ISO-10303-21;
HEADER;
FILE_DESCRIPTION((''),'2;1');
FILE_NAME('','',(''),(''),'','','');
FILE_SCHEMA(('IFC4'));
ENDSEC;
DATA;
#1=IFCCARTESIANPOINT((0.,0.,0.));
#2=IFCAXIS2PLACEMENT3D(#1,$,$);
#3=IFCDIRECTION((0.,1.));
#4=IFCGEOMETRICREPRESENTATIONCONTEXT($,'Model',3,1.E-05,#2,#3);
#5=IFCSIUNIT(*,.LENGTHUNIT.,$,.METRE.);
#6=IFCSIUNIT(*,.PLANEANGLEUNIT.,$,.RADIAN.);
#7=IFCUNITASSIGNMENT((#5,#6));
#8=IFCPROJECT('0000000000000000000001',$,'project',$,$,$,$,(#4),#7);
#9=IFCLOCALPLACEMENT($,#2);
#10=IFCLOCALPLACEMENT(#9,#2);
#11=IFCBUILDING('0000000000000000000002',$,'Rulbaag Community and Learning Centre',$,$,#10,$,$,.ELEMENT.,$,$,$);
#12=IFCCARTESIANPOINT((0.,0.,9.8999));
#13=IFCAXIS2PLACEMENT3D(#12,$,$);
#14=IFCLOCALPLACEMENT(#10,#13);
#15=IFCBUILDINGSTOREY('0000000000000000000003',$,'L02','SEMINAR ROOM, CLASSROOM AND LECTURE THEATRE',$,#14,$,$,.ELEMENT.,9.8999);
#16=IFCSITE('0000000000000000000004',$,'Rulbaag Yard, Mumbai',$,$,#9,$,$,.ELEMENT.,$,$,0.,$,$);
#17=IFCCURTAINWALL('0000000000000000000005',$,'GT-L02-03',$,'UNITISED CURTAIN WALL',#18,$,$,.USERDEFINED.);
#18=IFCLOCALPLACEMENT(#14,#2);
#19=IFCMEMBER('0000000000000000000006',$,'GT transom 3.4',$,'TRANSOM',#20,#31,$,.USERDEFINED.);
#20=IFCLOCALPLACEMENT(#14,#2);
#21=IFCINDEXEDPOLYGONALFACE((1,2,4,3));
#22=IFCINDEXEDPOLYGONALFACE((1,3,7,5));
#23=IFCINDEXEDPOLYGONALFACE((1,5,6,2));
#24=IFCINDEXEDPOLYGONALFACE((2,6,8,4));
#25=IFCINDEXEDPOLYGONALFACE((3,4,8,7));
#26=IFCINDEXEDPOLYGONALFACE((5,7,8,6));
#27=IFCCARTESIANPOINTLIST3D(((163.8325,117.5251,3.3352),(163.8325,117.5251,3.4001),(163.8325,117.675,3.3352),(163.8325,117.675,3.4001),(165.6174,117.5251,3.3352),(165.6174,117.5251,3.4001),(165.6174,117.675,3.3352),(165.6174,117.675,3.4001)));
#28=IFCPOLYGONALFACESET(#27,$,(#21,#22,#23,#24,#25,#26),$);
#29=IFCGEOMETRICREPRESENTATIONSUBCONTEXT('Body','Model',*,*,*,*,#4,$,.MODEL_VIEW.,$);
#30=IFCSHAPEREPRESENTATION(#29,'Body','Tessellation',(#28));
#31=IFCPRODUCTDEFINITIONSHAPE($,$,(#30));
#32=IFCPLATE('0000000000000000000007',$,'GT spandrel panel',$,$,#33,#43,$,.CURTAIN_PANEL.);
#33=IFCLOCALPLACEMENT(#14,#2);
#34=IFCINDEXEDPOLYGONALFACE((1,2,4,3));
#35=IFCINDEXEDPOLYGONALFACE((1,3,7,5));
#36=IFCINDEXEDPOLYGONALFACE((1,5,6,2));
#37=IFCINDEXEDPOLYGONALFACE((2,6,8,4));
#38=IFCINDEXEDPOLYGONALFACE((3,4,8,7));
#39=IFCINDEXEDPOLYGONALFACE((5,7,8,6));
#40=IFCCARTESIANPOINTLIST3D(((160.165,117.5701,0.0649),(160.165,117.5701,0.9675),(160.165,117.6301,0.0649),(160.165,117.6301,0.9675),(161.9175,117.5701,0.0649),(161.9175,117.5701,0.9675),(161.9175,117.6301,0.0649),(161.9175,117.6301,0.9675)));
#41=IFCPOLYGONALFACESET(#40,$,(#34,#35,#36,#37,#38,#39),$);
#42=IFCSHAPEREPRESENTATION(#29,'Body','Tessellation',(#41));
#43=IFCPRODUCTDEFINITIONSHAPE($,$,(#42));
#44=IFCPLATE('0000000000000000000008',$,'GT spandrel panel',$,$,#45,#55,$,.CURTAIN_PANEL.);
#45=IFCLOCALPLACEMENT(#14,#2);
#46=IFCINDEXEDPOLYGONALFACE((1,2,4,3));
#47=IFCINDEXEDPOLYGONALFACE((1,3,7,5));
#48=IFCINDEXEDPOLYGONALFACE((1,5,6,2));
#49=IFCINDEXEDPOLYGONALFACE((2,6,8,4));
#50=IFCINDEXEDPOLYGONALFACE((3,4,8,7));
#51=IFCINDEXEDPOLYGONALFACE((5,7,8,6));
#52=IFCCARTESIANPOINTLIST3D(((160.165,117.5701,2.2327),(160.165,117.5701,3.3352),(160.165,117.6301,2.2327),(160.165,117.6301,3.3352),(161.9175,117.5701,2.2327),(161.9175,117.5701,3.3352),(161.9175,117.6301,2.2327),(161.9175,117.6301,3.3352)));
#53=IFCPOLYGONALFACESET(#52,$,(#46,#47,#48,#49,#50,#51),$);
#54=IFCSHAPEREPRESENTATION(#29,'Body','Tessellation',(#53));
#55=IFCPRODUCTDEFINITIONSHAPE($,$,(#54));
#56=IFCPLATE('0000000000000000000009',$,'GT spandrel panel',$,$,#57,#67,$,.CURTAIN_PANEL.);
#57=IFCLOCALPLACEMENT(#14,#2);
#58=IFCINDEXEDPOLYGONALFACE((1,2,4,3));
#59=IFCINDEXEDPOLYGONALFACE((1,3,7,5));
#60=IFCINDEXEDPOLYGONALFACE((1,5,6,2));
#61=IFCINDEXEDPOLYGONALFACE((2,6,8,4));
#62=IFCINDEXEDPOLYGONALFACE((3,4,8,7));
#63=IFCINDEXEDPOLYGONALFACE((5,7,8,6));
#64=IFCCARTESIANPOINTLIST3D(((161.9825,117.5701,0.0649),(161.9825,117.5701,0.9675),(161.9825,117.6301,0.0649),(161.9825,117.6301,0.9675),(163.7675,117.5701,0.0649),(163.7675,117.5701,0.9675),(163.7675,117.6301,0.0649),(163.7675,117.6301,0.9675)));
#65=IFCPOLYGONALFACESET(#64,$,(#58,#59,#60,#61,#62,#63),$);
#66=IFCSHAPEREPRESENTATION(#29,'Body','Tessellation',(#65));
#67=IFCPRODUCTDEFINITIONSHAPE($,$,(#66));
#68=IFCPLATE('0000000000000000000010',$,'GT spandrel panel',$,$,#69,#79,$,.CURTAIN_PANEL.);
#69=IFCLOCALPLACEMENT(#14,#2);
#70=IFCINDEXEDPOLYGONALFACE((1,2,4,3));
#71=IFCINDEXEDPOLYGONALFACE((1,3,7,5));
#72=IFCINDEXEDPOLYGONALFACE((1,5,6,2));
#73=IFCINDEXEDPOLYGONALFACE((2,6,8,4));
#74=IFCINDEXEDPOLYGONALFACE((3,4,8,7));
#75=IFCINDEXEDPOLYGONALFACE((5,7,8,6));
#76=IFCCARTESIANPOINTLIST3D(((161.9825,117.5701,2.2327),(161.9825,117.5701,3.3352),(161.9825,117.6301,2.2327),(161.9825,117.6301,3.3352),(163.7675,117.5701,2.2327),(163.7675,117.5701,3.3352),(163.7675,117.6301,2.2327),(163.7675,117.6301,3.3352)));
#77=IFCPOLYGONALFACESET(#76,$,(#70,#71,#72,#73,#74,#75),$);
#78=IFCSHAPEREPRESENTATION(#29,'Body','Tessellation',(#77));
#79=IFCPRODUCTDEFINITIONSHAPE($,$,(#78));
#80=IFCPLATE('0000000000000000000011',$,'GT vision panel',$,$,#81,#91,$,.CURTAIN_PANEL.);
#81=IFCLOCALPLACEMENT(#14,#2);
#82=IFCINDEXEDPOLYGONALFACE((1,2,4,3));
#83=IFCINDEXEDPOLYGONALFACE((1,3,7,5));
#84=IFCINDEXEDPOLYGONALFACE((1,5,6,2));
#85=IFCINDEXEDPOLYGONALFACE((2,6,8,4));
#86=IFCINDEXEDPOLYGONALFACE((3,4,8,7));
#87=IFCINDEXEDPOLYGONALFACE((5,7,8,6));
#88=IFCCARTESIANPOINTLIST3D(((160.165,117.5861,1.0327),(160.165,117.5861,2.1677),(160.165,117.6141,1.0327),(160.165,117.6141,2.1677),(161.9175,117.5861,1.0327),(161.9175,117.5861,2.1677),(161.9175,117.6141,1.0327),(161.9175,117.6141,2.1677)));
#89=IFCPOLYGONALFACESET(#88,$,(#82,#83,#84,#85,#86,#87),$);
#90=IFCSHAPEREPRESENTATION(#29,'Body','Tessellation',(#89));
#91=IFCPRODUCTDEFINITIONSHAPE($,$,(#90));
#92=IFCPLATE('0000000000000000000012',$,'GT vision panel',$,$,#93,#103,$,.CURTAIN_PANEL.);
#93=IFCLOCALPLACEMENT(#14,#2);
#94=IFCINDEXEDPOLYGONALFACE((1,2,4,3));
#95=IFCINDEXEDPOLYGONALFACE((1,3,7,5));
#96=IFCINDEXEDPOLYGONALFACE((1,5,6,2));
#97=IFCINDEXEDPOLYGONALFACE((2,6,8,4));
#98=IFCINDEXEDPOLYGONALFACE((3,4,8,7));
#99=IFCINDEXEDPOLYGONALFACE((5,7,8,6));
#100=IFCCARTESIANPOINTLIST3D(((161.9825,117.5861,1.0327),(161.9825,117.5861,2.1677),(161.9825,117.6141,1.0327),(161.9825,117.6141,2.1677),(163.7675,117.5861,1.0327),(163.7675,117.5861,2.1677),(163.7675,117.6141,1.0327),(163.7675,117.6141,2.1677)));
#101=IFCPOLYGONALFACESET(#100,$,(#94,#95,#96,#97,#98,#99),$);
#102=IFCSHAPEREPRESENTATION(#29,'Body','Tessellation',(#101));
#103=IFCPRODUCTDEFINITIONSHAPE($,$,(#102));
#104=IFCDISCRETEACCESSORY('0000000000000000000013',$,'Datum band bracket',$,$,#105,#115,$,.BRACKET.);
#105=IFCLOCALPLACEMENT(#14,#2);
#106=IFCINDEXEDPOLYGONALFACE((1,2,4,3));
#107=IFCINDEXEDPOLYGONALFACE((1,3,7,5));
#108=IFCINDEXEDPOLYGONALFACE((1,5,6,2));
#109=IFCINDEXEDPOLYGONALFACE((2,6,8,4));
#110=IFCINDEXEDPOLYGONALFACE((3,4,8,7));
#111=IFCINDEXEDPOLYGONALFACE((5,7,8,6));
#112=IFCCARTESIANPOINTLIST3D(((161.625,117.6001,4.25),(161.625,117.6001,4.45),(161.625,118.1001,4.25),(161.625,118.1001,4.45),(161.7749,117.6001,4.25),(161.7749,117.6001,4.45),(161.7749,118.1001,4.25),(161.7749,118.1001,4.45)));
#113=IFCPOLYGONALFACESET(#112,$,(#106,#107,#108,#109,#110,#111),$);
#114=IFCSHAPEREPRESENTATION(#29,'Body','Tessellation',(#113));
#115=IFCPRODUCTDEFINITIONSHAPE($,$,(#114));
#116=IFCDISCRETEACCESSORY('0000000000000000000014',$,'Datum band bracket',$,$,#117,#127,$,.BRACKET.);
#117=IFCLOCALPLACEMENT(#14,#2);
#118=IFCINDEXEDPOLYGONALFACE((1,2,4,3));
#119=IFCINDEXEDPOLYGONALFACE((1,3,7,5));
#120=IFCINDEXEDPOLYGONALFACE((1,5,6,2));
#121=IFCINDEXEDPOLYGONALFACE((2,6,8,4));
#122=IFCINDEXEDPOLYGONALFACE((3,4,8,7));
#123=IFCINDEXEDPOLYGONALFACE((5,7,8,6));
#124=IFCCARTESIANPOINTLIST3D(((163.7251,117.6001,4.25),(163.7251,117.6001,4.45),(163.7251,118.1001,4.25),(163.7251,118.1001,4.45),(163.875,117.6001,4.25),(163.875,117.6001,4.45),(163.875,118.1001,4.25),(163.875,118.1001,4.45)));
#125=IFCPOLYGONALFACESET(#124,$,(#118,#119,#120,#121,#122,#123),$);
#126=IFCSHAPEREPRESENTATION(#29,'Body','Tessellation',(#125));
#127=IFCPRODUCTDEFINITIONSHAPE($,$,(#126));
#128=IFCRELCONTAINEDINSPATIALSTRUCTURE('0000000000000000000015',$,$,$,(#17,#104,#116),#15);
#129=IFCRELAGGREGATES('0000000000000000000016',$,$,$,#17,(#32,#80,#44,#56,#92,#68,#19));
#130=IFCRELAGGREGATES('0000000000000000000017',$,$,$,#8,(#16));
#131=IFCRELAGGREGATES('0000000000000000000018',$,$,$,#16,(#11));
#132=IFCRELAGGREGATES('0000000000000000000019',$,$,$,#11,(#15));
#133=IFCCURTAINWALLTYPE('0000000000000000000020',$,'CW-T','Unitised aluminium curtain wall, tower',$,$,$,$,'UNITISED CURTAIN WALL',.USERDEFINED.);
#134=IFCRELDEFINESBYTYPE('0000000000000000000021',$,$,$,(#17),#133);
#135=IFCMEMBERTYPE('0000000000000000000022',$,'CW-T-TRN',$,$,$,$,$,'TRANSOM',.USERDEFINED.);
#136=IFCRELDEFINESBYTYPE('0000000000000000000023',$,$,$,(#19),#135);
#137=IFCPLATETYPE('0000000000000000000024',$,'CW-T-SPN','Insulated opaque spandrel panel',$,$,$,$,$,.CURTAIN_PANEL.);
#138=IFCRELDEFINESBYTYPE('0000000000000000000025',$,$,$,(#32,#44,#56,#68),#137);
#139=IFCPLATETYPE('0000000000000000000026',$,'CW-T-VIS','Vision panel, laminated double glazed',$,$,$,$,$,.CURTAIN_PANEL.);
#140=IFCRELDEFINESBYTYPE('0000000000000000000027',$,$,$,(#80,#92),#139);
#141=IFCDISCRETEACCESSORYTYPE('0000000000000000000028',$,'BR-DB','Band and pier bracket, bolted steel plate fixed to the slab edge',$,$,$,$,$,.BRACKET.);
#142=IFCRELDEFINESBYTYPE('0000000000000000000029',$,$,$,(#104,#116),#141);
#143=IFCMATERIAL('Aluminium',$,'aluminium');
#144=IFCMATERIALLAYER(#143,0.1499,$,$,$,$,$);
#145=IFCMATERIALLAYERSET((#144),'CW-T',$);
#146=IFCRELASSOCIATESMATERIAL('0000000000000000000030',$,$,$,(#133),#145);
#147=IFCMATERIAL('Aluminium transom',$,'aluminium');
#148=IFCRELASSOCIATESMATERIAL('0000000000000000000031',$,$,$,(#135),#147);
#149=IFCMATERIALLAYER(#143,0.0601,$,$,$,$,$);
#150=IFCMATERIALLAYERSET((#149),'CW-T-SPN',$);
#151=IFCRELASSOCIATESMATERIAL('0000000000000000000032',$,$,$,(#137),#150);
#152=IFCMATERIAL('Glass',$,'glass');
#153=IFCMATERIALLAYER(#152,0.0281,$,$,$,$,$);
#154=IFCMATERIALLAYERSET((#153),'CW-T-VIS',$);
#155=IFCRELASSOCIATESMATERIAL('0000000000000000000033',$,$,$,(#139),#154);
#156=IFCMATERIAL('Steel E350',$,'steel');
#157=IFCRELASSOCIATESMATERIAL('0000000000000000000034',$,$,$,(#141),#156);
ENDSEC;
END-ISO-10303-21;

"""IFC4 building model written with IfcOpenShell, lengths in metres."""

from ifc_helpers import new_model, si_unit, direction, frame, origin, origin_2d, place, context, subcontext, project, spatial, rectangle, extrude, material, layer, layer_set, material_profile, profile_set, type_object, element, aggregate, save


model = new_model("IFC4")

# Units and contexts
model_context = context("Model", 3, precision=1e-05, world=origin(), true_north=direction((0.0, 1.0)))
body_context = subcontext(model_context, "Body", "Model", "MODEL_VIEW")
ifc_project = project(units=[si_unit("LENGTHUNIT", "METRE"), si_unit("PLANEANGLEUNIT", "RADIAN")], contexts=[model_context])

# Site, building, storey
site_placement = place(None, origin())
site = spatial("IfcSite", under=ifc_project, at=site_placement, Name="Rulbaag Yard, Mumbai", CompositionType="ELEMENT", RefElevation=0.0)
building_placement = place(site_placement, origin())
building = spatial("IfcBuilding", under=site, at=building_placement, Name="Rulbaag Community and Learning Centre", CompositionType="ELEMENT")
storey_placement = place(building_placement, frame((0.0, 0.0, 9.8999)))
storey = spatial("IfcBuildingStorey", under=building, at=storey_placement, Name="L02", Description="SEMINAR ROOM, CLASSROOM AND LECTURE THEATRE", CompositionType="ELEMENT", Elevation=9.8999)

# Curtain wall, member, plates
ifc_material_1 = material(Name="Aluminium", Category="aluminium")
ifc_layer_1 = layer(ifc_material_1, 0.1499)
ifc_layer_set_1 = layer_set([ifc_layer_1], Name="CW-T")
curtain_wall_type = type_object("IfcCurtainWallType", Name="CW-T", Description="Unitised aluminium curtain wall, tower", ElementType="UNITISED CURTAIN WALL", PredefinedType="USERDEFINED", material=ifc_layer_set_1)
curtain_wall_placement = place(storey_placement, origin())
curtain_wall = element("IfcCurtainWall", 1, at=curtain_wall_placement, inside=storey, type_object=curtain_wall_type, Name="GT-L02-03", ObjectType="UNITISED CURTAIN WALL", PredefinedType="USERDEFINED")
ifc_material_2 = material(Name="Aluminium transom", Category="aluminium")
ifc_material_profile_1 = material_profile(ifc_material_2, rectangle(XDim=0.1499, YDim=0.0649, at=origin_2d()), Name="AL 65x150 T")
ifc_profile_set_1 = profile_set([ifc_material_profile_1], Name="Aluminium transom")
member_type_1 = type_object("IfcMemberType", Name="CW-T-TRN", ElementType="TRANSOM", PredefinedType="USERDEFINED", material=ifc_profile_set_1)
member_1_placement = place(storey_placement, frame((163.8325, 117.6001, 3.3677), z_axis=(1.0, 0.0, 0.0), x_axis=(0.0, 1.0, 0.0)))
member_1 = element("IfcMember", 2, at=member_1_placement, type_object=member_type_1, Name="GT transom 3.4", ObjectType="TRANSOM", PredefinedType="USERDEFINED", context=body_context, shape_type="SweptSolid", body=[
    extrude(rectangle(XDim=0.1499, YDim=0.0649, at=origin_2d()), origin(), (0.0, 0.0, 1.0), 1.7849),
])
ifc_layer_2 = layer(ifc_material_1, 0.0601)
ifc_layer_set_2 = layer_set([ifc_layer_2], Name="CW-T-SPN")
plate_type_1 = type_object("IfcPlateType", Name="CW-T-SPN", Description="Insulated opaque spandrel panel", PredefinedType="CURTAIN_PANEL", material=ifc_layer_set_2)
plate_1_placement = place(storey_placement, frame((161.0413, 117.6001, 0.0649), z_axis=(0.0, 0.0, 1.0), x_axis=(1.0, 0.0, 0.0)))
plate_1 = element("IfcPlate", 3, at=plate_1_placement, type_object=plate_type_1, Name="GT spandrel panel", PredefinedType="CURTAIN_PANEL", context=body_context, shape_type="SweptSolid", body=[
    extrude(rectangle(XDim=1.7524, YDim=0.0601, at=origin_2d()), origin(), (0.0, 0.0, 1.0), 0.9026),
])
plate_2_placement = place(storey_placement, frame((161.0413, 117.6001, 2.2327), z_axis=(0.0, 0.0, 1.0), x_axis=(1.0, 0.0, 0.0)))
plate_2 = element("IfcPlate", 4, at=plate_2_placement, type_object=plate_type_1, Name="GT spandrel panel", PredefinedType="CURTAIN_PANEL", context=body_context, shape_type="SweptSolid", body=[
    extrude(rectangle(XDim=1.7524, YDim=0.0601, at=origin_2d()), origin(), (0.0, 0.0, 1.0), 1.1025),
])
plate_3_placement = place(storey_placement, frame((162.875, 117.6001, 0.0649), z_axis=(0.0, 0.0, 1.0), x_axis=(1.0, 0.0, 0.0)))
plate_3 = element("IfcPlate", 5, at=plate_3_placement, type_object=plate_type_1, Name="GT spandrel panel", PredefinedType="CURTAIN_PANEL", context=body_context, shape_type="SweptSolid", body=[
    extrude(rectangle(XDim=1.7849, YDim=0.0601, at=origin_2d()), origin(), (0.0, 0.0, 1.0), 0.9026),
])
plate_4_placement = place(storey_placement, frame((162.875, 117.6001, 2.2327), z_axis=(0.0, 0.0, 1.0), x_axis=(1.0, 0.0, 0.0)))
plate_4 = element("IfcPlate", 6, at=plate_4_placement, type_object=plate_type_1, Name="GT spandrel panel", PredefinedType="CURTAIN_PANEL", context=body_context, shape_type="SweptSolid", body=[
    extrude(rectangle(XDim=1.7849, YDim=0.0601, at=origin_2d()), origin(), (0.0, 0.0, 1.0), 1.1025),
])
ifc_material_3 = material(Name="Glass", Category="glass")
ifc_layer_3 = layer(ifc_material_3, 0.0281)
ifc_layer_set_3 = layer_set([ifc_layer_3], Name="CW-T-VIS")
plate_type_2 = type_object("IfcPlateType", Name="CW-T-VIS", Description="Vision panel, laminated double glazed", PredefinedType="CURTAIN_PANEL", material=ifc_layer_set_3)
plate_5_placement = place(storey_placement, frame((161.0413, 117.6001, 1.0327), z_axis=(0.0, 0.0, 1.0), x_axis=(1.0, 0.0, 0.0)))
plate_5 = element("IfcPlate", 7, at=plate_5_placement, type_object=plate_type_2, Name="GT vision panel", PredefinedType="CURTAIN_PANEL", context=body_context, shape_type="SweptSolid", body=[
    extrude(rectangle(XDim=1.7524, YDim=0.0281, at=origin_2d()), origin(), (0.0, 0.0, 1.0), 1.135),
])
plate_6_placement = place(storey_placement, frame((162.875, 117.6001, 1.0327), z_axis=(0.0, 0.0, 1.0), x_axis=(1.0, 0.0, 0.0)))
plate_6 = element("IfcPlate", 8, at=plate_6_placement, type_object=plate_type_2, Name="GT vision panel", PredefinedType="CURTAIN_PANEL", context=body_context, shape_type="SweptSolid", body=[
    extrude(rectangle(XDim=1.7849, YDim=0.0281, at=origin_2d()), origin(), (0.0, 0.0, 1.0), 1.135),
])
aggregate(curtain_wall, [plate_1, plate_5, plate_2, plate_3, plate_6, plate_4, member_1])

# Discrete accessories
ifc_material_4 = material(Name="Steel E350", Category="steel")
discrete_accessory_type = type_object("IfcDiscreteAccessoryType", Name="BR-DB", Description="Band and pier bracket, bolted steel plate fixed to the slab edge", PredefinedType="BRACKET", material=ifc_material_4)
for number, where, z_axis, x_axis, name in (
    (9, (161.7, 117.8501, 4.25), (0.0, 0.0, 1.0), (1.0, 0.0, 0.0), "Datum band bracket"),
    (10, (163.8, 117.8501, 4.25), (0.0, 0.0, 1.0), (1.0, 0.0, 0.0), "Datum band bracket"),
):
    element("IfcDiscreteAccessory", number, at=place(storey_placement, frame(where, z_axis=z_axis, x_axis=x_axis)), inside=storey, type_object=discrete_accessory_type, Name=name, PredefinedType="BRACKET", context=body_context, shape_type="SweptSolid", body=[
        extrude(rectangle(XDim=0.1499, YDim=0.5, at=origin_2d()), origin(), (0.0, 0.0, 1.0), 0.2),
    ])

save(model, "model.ifc")
